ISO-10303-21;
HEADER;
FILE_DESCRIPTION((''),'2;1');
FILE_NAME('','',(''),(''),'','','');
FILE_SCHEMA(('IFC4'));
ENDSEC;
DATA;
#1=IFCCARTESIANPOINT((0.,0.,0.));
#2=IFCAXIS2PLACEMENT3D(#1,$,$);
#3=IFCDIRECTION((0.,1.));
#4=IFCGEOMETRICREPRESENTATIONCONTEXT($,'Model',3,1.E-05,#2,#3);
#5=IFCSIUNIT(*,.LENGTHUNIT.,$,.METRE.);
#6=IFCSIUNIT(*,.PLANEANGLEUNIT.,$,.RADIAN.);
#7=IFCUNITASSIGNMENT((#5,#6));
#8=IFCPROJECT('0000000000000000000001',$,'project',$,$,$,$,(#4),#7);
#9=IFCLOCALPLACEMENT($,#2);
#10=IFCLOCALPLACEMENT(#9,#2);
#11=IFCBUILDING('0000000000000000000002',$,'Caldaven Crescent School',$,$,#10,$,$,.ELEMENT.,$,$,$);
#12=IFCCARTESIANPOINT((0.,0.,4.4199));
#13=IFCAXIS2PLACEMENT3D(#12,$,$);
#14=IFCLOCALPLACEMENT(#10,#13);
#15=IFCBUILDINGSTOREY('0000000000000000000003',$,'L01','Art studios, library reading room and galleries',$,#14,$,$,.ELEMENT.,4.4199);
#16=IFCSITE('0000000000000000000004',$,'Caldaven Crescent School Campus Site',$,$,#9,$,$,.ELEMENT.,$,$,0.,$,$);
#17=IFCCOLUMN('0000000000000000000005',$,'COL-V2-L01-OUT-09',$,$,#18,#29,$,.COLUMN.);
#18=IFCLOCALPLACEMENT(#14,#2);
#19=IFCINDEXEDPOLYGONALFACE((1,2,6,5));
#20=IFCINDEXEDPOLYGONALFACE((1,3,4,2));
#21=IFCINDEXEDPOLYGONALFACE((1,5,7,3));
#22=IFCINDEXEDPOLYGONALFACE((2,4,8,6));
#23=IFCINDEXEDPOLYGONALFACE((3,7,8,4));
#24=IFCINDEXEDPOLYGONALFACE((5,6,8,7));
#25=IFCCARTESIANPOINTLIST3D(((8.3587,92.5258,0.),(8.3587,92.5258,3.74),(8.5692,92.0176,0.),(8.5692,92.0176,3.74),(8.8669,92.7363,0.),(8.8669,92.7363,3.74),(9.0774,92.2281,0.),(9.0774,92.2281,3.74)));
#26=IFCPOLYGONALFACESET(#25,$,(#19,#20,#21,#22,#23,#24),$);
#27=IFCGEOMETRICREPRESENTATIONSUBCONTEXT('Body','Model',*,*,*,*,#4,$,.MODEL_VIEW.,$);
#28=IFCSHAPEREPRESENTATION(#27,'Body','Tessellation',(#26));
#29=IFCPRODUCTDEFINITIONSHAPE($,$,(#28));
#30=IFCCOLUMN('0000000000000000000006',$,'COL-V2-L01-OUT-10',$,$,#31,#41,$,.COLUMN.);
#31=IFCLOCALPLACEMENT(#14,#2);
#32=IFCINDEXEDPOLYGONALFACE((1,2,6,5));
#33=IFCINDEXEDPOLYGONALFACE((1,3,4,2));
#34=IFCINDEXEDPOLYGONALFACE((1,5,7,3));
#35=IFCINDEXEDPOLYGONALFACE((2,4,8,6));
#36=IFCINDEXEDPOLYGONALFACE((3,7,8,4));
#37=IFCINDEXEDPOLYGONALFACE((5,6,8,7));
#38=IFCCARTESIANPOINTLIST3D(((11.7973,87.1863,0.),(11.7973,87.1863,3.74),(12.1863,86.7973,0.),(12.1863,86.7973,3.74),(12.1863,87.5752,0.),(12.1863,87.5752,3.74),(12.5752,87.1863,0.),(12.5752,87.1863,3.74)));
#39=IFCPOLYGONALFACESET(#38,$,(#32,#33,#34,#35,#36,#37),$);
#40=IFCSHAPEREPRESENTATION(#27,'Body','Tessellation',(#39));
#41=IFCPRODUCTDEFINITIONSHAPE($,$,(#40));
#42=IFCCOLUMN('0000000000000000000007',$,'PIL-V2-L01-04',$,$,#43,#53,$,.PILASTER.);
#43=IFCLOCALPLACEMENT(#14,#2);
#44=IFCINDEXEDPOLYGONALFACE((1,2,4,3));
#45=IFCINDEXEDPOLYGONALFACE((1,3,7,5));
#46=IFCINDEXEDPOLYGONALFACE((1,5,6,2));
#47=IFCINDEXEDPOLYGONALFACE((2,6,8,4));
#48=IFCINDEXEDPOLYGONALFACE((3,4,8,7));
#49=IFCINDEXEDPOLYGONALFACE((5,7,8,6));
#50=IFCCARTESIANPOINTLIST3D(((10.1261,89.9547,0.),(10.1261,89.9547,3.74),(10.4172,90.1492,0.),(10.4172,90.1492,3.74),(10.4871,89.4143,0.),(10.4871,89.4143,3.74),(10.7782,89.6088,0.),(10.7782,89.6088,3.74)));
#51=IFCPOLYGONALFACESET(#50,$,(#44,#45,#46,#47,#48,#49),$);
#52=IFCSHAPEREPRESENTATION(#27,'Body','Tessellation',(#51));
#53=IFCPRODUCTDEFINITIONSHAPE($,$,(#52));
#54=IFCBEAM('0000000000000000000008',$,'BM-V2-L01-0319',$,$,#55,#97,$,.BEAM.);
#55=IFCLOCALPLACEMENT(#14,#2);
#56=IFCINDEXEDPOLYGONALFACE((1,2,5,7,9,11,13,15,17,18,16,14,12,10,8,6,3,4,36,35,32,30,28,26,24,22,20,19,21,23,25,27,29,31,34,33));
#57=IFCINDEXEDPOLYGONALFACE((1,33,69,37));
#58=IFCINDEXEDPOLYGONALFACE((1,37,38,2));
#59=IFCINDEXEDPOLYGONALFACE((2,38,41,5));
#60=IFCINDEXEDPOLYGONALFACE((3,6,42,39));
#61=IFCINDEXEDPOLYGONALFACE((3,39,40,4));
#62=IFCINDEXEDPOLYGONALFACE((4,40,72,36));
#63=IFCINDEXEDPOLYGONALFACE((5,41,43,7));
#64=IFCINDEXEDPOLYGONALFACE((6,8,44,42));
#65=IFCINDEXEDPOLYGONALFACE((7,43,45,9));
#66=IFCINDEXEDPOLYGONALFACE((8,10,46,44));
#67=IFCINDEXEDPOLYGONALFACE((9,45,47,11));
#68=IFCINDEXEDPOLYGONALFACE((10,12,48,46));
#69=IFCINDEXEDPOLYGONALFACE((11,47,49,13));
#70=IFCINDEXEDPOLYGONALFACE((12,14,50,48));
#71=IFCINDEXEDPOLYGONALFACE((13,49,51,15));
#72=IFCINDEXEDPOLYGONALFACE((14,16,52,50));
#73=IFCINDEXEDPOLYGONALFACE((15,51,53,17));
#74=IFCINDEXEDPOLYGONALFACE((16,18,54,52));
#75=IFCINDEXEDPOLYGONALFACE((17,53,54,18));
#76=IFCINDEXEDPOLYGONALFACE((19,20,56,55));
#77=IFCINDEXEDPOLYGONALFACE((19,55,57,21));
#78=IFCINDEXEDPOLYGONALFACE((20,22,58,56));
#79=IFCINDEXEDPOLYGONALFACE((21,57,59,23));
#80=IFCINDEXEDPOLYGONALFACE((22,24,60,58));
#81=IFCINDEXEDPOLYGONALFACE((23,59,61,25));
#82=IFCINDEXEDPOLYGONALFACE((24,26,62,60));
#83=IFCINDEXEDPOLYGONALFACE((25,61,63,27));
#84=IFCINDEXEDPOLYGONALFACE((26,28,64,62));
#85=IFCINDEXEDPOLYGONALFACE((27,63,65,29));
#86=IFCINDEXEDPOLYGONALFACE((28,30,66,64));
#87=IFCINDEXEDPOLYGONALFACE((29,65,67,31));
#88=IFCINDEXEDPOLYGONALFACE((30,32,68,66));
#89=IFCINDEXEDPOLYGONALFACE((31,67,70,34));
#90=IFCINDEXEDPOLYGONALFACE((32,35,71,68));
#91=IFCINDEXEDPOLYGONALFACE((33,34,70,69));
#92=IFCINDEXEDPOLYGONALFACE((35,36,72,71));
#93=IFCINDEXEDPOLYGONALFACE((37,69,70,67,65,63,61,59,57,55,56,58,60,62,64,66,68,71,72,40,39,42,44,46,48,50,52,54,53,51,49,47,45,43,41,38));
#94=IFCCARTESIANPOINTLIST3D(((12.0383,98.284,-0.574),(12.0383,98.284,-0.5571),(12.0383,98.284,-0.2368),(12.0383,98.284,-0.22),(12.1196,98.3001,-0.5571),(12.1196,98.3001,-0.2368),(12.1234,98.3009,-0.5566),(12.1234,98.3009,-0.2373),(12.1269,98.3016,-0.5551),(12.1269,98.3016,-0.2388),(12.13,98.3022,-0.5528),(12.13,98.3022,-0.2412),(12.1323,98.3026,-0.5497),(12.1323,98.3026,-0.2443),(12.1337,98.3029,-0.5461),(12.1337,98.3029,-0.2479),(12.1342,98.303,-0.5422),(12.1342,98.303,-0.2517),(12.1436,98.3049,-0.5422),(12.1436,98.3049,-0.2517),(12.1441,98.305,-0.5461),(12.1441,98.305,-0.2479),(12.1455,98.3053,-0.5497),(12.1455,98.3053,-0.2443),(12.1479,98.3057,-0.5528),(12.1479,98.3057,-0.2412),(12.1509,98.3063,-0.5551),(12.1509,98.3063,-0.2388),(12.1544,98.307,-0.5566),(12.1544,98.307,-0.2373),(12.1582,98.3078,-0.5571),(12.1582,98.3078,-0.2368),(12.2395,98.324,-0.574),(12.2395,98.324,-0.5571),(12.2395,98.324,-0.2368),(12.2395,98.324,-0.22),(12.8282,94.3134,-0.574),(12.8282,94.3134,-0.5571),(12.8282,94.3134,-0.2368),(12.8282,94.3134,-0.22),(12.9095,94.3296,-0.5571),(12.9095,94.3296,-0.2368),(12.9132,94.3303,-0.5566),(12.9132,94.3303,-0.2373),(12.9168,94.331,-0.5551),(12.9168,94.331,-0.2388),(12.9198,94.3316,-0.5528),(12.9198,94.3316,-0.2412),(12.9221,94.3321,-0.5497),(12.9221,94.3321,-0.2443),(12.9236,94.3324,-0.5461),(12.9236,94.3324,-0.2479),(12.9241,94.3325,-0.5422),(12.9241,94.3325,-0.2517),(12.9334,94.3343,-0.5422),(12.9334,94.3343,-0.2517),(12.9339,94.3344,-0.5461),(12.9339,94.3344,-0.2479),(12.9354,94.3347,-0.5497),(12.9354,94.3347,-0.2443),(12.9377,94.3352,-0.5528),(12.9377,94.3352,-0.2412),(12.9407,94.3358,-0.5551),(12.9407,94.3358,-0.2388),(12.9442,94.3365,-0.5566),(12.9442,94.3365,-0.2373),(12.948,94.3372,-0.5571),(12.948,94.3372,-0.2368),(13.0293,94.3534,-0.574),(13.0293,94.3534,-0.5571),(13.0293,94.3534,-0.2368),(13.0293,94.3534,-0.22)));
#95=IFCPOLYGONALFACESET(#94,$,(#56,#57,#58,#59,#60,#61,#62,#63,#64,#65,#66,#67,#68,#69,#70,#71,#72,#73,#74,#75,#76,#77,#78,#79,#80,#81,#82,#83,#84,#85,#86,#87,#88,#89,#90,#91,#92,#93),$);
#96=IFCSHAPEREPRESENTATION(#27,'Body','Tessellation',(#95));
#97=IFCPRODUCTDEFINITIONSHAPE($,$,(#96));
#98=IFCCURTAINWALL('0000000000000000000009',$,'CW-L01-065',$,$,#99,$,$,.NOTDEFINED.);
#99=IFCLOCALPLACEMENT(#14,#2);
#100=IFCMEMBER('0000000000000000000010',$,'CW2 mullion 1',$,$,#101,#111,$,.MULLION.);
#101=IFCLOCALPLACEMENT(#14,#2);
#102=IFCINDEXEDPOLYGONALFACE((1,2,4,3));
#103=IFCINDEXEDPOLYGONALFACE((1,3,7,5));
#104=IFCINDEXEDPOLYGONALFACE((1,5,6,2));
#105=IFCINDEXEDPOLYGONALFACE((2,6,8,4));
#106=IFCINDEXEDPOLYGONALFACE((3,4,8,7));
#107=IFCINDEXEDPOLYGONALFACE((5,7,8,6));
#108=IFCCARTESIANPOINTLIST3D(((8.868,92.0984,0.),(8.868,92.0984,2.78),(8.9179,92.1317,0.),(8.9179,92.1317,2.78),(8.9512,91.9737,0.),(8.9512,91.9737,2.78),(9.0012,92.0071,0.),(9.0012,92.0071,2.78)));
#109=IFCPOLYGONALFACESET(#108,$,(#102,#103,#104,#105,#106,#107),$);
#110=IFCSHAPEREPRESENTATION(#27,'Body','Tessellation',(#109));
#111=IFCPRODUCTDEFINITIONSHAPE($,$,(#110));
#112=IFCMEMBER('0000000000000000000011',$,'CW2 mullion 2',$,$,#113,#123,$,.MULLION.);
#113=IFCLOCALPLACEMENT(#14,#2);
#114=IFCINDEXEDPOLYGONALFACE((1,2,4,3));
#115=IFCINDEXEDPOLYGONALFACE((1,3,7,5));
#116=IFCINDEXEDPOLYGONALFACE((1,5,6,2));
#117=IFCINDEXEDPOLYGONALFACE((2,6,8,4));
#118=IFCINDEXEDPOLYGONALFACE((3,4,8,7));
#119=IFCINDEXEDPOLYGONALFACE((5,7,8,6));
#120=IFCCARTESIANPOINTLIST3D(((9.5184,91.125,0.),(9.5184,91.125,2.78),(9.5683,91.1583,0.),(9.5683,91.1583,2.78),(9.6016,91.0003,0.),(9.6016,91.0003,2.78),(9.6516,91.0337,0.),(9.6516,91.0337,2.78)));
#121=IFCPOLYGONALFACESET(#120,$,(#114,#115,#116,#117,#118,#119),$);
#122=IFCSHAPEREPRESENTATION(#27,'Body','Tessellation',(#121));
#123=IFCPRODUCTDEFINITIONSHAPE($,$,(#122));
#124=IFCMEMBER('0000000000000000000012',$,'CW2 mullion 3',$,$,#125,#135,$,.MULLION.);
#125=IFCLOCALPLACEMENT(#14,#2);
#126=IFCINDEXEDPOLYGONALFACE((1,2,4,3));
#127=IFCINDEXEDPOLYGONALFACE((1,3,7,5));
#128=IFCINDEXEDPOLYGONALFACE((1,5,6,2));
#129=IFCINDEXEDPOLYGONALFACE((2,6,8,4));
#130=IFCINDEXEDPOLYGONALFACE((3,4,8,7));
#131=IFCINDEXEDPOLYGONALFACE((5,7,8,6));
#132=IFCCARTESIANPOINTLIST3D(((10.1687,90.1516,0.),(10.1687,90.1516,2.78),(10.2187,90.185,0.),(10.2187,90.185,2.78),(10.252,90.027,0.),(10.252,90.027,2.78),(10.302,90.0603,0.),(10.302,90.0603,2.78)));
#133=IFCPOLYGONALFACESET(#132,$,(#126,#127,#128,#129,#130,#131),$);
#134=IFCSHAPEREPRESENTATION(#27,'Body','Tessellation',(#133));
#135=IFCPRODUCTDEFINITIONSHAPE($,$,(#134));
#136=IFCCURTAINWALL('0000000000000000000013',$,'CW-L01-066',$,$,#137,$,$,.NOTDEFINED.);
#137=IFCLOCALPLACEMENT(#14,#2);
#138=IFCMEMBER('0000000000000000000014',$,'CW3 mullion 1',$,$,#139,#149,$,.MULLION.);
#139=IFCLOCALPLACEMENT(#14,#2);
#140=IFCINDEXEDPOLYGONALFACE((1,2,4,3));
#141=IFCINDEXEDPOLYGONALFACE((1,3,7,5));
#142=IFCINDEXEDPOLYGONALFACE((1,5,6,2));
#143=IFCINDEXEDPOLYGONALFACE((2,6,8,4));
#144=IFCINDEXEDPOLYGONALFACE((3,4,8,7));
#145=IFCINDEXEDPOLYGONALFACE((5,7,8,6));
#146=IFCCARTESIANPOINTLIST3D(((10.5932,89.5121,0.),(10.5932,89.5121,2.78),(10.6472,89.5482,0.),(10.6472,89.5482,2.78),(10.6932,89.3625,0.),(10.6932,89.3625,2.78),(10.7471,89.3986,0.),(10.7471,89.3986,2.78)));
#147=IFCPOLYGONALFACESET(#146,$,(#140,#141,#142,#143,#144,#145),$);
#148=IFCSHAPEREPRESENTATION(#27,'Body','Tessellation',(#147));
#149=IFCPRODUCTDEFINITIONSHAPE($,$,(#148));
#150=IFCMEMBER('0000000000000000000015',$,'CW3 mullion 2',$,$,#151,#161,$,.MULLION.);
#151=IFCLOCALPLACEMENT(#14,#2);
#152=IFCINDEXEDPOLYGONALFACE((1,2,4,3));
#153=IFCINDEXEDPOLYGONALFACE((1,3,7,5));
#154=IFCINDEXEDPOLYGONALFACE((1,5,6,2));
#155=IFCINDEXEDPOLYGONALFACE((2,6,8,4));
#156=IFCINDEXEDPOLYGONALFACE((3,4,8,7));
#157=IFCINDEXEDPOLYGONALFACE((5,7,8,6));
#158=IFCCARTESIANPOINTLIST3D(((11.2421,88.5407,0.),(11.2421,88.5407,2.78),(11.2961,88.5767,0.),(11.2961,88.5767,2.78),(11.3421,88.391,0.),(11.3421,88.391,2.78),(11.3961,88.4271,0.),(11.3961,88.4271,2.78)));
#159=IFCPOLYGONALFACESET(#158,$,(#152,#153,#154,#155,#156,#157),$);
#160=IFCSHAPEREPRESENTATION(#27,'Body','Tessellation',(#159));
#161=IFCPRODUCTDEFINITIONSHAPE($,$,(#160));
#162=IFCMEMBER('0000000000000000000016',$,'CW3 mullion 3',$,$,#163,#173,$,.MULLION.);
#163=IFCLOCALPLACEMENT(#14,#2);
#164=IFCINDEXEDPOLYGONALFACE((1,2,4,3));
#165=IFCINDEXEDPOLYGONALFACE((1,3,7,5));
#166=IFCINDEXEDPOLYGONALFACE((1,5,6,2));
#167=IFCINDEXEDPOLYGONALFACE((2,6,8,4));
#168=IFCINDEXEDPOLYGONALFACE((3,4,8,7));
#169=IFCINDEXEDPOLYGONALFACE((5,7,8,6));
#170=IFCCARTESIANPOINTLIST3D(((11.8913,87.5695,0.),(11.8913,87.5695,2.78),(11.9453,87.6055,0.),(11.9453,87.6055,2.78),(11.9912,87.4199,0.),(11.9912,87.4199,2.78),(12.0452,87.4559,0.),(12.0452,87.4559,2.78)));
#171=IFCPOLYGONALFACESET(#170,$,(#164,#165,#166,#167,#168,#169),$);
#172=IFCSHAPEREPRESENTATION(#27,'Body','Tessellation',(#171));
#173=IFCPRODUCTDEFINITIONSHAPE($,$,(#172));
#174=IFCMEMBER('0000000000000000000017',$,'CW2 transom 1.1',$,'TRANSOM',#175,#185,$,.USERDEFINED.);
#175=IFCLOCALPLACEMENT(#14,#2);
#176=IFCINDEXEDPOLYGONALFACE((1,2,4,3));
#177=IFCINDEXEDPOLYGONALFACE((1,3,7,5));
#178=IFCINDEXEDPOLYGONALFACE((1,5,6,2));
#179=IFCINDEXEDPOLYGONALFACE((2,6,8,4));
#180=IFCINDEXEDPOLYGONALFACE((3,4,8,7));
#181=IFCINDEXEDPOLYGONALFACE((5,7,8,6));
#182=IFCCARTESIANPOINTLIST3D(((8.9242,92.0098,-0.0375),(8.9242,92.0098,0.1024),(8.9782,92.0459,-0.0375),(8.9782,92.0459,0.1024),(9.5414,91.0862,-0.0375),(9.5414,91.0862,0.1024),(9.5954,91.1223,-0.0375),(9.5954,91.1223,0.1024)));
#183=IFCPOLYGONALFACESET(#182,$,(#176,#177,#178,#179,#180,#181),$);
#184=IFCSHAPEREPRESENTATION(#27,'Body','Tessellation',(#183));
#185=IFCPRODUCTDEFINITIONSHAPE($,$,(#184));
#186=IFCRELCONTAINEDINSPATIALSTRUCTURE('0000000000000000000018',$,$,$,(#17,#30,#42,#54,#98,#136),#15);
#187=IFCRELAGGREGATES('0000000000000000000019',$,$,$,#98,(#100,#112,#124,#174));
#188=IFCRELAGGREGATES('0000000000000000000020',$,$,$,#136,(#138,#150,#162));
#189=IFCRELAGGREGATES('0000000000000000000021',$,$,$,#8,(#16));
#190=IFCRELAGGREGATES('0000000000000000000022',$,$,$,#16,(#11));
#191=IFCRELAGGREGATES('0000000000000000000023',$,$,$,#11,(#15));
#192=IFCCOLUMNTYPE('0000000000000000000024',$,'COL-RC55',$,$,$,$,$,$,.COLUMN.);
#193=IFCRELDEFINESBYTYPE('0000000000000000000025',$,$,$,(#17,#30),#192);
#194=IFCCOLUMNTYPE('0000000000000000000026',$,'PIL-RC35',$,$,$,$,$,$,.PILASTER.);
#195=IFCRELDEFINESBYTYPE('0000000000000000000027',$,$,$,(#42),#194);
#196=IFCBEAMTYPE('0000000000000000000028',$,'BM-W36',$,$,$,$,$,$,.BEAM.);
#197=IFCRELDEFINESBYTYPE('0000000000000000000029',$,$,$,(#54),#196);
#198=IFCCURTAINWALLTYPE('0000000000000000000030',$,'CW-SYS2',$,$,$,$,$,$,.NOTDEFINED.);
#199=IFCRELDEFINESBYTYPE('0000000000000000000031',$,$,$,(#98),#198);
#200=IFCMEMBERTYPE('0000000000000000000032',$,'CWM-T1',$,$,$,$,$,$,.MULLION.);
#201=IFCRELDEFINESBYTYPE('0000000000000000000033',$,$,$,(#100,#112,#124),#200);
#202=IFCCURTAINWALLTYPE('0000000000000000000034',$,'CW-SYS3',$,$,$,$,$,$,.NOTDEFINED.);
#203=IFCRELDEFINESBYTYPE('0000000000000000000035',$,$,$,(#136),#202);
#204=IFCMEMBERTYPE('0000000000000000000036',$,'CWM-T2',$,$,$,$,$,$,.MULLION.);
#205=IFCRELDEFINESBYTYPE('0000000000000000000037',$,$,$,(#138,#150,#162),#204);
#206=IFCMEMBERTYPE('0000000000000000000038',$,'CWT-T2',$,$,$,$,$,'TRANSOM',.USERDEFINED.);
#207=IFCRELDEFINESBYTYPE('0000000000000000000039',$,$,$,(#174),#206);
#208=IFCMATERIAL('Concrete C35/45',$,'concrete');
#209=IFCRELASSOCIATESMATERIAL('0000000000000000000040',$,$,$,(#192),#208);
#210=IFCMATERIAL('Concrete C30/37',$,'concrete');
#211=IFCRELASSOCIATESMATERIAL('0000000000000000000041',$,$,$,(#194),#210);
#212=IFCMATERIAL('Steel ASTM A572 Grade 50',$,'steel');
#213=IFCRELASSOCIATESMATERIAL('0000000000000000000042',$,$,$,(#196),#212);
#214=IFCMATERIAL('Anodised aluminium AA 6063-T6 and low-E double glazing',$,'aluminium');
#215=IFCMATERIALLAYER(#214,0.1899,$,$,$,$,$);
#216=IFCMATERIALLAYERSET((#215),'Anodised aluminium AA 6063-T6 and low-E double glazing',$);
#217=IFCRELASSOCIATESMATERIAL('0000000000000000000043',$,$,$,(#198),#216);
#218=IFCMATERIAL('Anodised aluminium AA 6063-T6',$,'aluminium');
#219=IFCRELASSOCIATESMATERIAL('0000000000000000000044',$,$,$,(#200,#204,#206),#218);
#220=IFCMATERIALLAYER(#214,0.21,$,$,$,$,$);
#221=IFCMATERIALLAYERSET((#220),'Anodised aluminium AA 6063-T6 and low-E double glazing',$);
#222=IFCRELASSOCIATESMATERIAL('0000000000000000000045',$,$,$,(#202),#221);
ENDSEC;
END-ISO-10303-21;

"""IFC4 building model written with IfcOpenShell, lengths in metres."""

from ifc_helpers import new_model, si_unit, direction, frame, origin, origin_2d, place, context, subcontext, project, spatial, rectangle, i_section, extrude, material, layer, layer_set, material_profile, profile_set, type_object, element, aggregate, save


model = new_model("IFC4")

# Units and contexts
model_context = context("Model", 3, precision=1e-05, world=origin(), true_north=direction((0.0, 1.0)))
body_context = subcontext(model_context, "Body", "Model", "MODEL_VIEW")
ifc_project = project(units=[si_unit("LENGTHUNIT", "METRE"), si_unit("PLANEANGLEUNIT", "RADIAN")], contexts=[model_context])

# Site, building, storey
site_placement = place(None, origin())
site = spatial("IfcSite", under=ifc_project, at=site_placement, Name="Caldaven Crescent School Campus Site", CompositionType="ELEMENT", RefElevation=0.0)
building_placement = place(site_placement, origin())
building = spatial("IfcBuilding", under=site, at=building_placement, Name="Caldaven Crescent School", CompositionType="ELEMENT")
storey_placement = place(building_placement, frame((0.0, 0.0, 4.4199)))
storey = spatial("IfcBuildingStorey", under=building, at=storey_placement, Name="L01", Description="Art studios, library reading room and galleries", CompositionType="ELEMENT", Elevation=4.4199)

# Columns
ifc_material_1 = material(Name="Concrete C35/45", Category="concrete")
ifc_material_profile_1 = material_profile(ifc_material_1, rectangle(XDim=0.55, YDim=0.55, at=origin_2d()), Name="RC 550x550")
ifc_profile_set_1 = profile_set([ifc_material_profile_1], Name="Concrete C35/45")
column_type_1 = type_object("IfcColumnType", Name="COL-RC55", PredefinedType="COLUMN", material=ifc_profile_set_1)
for number, where, z_axis, x_axis, name in (
    (1, (8.718, 92.377, 0.0), (0.0, 0.0, 1.0), (-0.92388, -0.382683, 0.0), "COL-V2-L01-OUT-09"),
    (2, (12.1863, 87.1863, 0.0), (0.0, 0.0, 1.0), (-0.707107, -0.707107, 0.0), "COL-V2-L01-OUT-10"),
):
    element("IfcColumn", number, at=place(storey_placement, frame(where, z_axis=z_axis, x_axis=x_axis)), inside=storey, type_object=column_type_1, Name=name, PredefinedType="COLUMN", context=body_context, shape_type="SweptSolid", body=[
        extrude(rectangle(XDim=0.55, YDim=0.55, at=origin_2d()), origin(), (0.0, 0.0, 1.0), 3.74),
    ])
ifc_material_2 = material(Name="Concrete C30/37", Category="concrete")
ifc_material_profile_2 = material_profile(ifc_material_2, rectangle(XDim=0.3501, YDim=0.6499, at=origin_2d()), Name="RC 350x650")
ifc_profile_set_2 = profile_set([ifc_material_profile_2], Name="Concrete C30/37")
column_type_2 = type_object("IfcColumnType", Name="PIL-RC35", PredefinedType="PILASTER", material=ifc_profile_set_2)
column_placement = place(storey_placement, frame((10.4521, 89.7817, 0.0), z_axis=(0.0, 0.0, 1.0), x_axis=(-0.83147, -0.55557, 0.0)))
element("IfcColumn", 3, at=column_placement, inside=storey, type_object=column_type_2, Name="PIL-V2-L01-04", PredefinedType="PILASTER", context=body_context, shape_type="SweptSolid", body=[
    extrude(rectangle(XDim=0.3501, YDim=0.6499, at=origin_2d()), origin(), (0.0, 0.0, 1.0), 3.74),
])

# Beam
ifc_material_3 = material(Name="Steel ASTM A572 Grade 50", Category="steel")
ifc_material_profile_3 = material_profile(ifc_material_3, i_section(OverallWidth=0.2051, OverallDepth=0.354, WebThickness=0.0095, FlangeThickness=0.0168, FilletRadius=0.0149, at=origin_2d()), Name="W360x79")
ifc_profile_set_3 = profile_set([ifc_material_profile_3], Name="Steel ASTM A572 Grade 50")
beam_type_1 = type_object("IfcBeamType", Name="BM-W36", PredefinedType="BEAM", material=ifc_profile_set_3)
beam_placement = place(storey_placement, frame((12.1389, 98.304, -0.397), z_axis=(0.195095, -0.980784, 0.0), x_axis=(0.980784, 0.195095, 0.0)))
element("IfcBeam", 4, at=beam_placement, inside=storey, type_object=beam_type_1, Name="BM-V2-L01-0319", PredefinedType="BEAM", context=body_context, shape_type="SweptSolid", body=[
    extrude(i_section(OverallWidth=0.2051, OverallDepth=0.354, WebThickness=0.0095, FlangeThickness=0.0168, FilletRadius=0.0149, at=origin_2d()), origin(), (0.0, 0.0, 1.0), 4.0483),
])

# Curtain walls, members
ifc_material_4 = material(Name="Anodised aluminium AA 6063-T6 and low-E double glazing", Category="aluminium")
ifc_layer_1 = layer(ifc_material_4, 0.1899)
ifc_layer_set_1 = layer_set([ifc_layer_1], Name="Anodised aluminium AA 6063-T6 and low-E double glazing")
curtain_wall_type_1 = type_object("IfcCurtainWallType", Name="CW-SYS2", PredefinedType="NOTDEFINED", material=ifc_layer_set_1)
curtain_wall_1_placement = place(storey_placement, origin())
curtain_wall_1 = element("IfcCurtainWall", 5, at=curtain_wall_1_placement, inside=storey, type_object=curtain_wall_type_1, Name="CW-L01-065", PredefinedType="NOTDEFINED")
ifc_material_5 = material(Name="Anodised aluminium AA 6063-T6", Category="aluminium")
ifc_material_profile_4 = material_profile(ifc_material_5, rectangle(XDim=0.0601, YDim=0.1499, at=origin_2d()), Name="CWM 60x150")
ifc_profile_set_4 = profile_set([ifc_material_profile_4], Name="Anodised aluminium AA 6063-T6")
member_type_1 = type_object("IfcMemberType", Name="CWM-T1", PredefinedType="MULLION", material=ifc_profile_set_4)
member_1_placement = place(storey_placement, frame((8.9346, 92.0527, 0.0), z_axis=(0.0, 0.0, 1.0), x_axis=(0.83147, 0.55557, 0.0)))
member_1 = element("IfcMember", 6, at=member_1_placement, type_object=member_type_1, Name="CW2 mullion 1", PredefinedType="MULLION", context=body_context, shape_type="SweptSolid", body=[
    extrude(rectangle(XDim=0.0601, YDim=0.1499, at=origin_2d()), origin(), (0.0, 0.0, 1.0), 2.78),
])
member_2_placement = place(storey_placement, frame((9.585, 91.0793, 0.0), z_axis=(0.0, 0.0, 1.0), x_axis=(0.83147, 0.55557, 0.0)))
member_2 = element("IfcMember", 7, at=member_2_placement, type_object=member_type_1, Name="CW2 mullion 2", PredefinedType="MULLION", context=body_context, shape_type="SweptSolid", body=[
    extrude(rectangle(XDim=0.0601, YDim=0.1499, at=origin_2d()), origin(), (0.0, 0.0, 1.0), 2.78),
])
member_3_placement = place(storey_placement, frame((10.2354, 90.106, 0.0), z_axis=(0.0, 0.0, 1.0), x_axis=(0.83147, 0.55557, 0.0)))
member_3 = element("IfcMember", 8, at=member_3_placement, type_object=member_type_1, Name="CW2 mullion 3", PredefinedType="MULLION", context=body_context, shape_type="SweptSolid", body=[
    extrude(rectangle(XDim=0.0601, YDim=0.1499, at=origin_2d()), origin(), (0.0, 0.0, 1.0), 2.78),
])
ifc_layer_2 = layer(ifc_material_4, 0.21)
ifc_layer_set_2 = layer_set([ifc_layer_2], Name="Anodised aluminium AA 6063-T6 and low-E double glazing")
curtain_wall_type_2 = type_object("IfcCurtainWallType", Name="CW-SYS3", PredefinedType="NOTDEFINED", material=ifc_layer_set_2)
curtain_wall_2_placement = place(storey_placement, origin())
curtain_wall_2 = element("IfcCurtainWall", 9, at=curtain_wall_2_placement, inside=storey, type_object=curtain_wall_type_2, Name="CW-L01-066", PredefinedType="NOTDEFINED")
ifc_material_profile_5 = material_profile(ifc_material_5, rectangle(XDim=0.0649, YDim=0.1799, at=origin_2d()), Name="CWM 65x180")
ifc_profile_set_5 = profile_set([ifc_material_profile_5], Name="Anodised aluminium AA 6063-T6")
member_type_2 = type_object("IfcMemberType", Name="CWM-T2", PredefinedType="MULLION", material=ifc_profile_set_5)
member_4_placement = place(storey_placement, frame((10.6702, 89.4553, 0.0), z_axis=(0.0, 0.0, 1.0), x_axis=(0.831468, 0.555572, 0.0)))
member_4 = element("IfcMember", 10, at=member_4_placement, type_object=member_type_2, Name="CW3 mullion 1", PredefinedType="MULLION", context=body_context, shape_type="SweptSolid", body=[
    extrude(rectangle(XDim=0.0649, YDim=0.1799, at=origin_2d()), origin(), (0.0, 0.0, 1.0), 2.78),
])
member_5_placement = place(storey_placement, frame((11.3191, 88.4839, 0.0), z_axis=(0.0, 0.0, 1.0), x_axis=(0.831468, 0.555572, 0.0)))
member_5 = element("IfcMember", 11, at=member_5_placement, type_object=member_type_2, Name="CW3 mullion 2", PredefinedType="MULLION", context=body_context, shape_type="SweptSolid", body=[
    extrude(rectangle(XDim=0.0649, YDim=0.1799, at=origin_2d()), origin(), (0.0, 0.0, 1.0), 2.78),
])
member_6_placement = place(storey_placement, frame((11.9683, 87.5127, 0.0), z_axis=(0.0, 0.0, 1.0), x_axis=(0.831468, 0.555572, 0.0)))
member_6 = element("IfcMember", 12, at=member_6_placement, type_object=member_type_2, Name="CW3 mullion 3", PredefinedType="MULLION", context=body_context, shape_type="SweptSolid", body=[
    extrude(rectangle(XDim=0.0649, YDim=0.1799, at=origin_2d()), origin(), (0.0, 0.0, 1.0), 2.78),
])

# Member
ifc_material_profile_6 = material_profile(ifc_material_5, rectangle(XDim=0.0649, YDim=0.1399, at=origin_2d()), Name="CWT 65x140")
ifc_profile_set_6 = profile_set([ifc_material_profile_6], Name="Anodised aluminium AA 6063-T6")
member_type_3 = type_object("IfcMemberType", Name="CWT-T2", ElementType="TRANSOM", PredefinedType="USERDEFINED", material=ifc_profile_set_6)
member_7_placement = place(storey_placement, frame((8.9512, 92.0278, 0.0325), z_axis=(0.555613, -0.831441, 0.0), x_axis=(0.831441, 0.555613, 0.0)))
member_7 = element("IfcMember", 13, at=member_7_placement, type_object=member_type_3, Name="CW2 transom 1.1", ObjectType="TRANSOM", PredefinedType="USERDEFINED", context=body_context, shape_type="SweptSolid", body=[
    extrude(rectangle(XDim=0.0649, YDim=0.1399, at=origin_2d()), origin(), (0.0, 0.0, 1.0), 1.1108),
])

aggregate(curtain_wall_1, [member_1, member_2, member_3, member_7])
aggregate(curtain_wall_2, [member_4, member_5, member_6])

save(model, "model.ifc")
